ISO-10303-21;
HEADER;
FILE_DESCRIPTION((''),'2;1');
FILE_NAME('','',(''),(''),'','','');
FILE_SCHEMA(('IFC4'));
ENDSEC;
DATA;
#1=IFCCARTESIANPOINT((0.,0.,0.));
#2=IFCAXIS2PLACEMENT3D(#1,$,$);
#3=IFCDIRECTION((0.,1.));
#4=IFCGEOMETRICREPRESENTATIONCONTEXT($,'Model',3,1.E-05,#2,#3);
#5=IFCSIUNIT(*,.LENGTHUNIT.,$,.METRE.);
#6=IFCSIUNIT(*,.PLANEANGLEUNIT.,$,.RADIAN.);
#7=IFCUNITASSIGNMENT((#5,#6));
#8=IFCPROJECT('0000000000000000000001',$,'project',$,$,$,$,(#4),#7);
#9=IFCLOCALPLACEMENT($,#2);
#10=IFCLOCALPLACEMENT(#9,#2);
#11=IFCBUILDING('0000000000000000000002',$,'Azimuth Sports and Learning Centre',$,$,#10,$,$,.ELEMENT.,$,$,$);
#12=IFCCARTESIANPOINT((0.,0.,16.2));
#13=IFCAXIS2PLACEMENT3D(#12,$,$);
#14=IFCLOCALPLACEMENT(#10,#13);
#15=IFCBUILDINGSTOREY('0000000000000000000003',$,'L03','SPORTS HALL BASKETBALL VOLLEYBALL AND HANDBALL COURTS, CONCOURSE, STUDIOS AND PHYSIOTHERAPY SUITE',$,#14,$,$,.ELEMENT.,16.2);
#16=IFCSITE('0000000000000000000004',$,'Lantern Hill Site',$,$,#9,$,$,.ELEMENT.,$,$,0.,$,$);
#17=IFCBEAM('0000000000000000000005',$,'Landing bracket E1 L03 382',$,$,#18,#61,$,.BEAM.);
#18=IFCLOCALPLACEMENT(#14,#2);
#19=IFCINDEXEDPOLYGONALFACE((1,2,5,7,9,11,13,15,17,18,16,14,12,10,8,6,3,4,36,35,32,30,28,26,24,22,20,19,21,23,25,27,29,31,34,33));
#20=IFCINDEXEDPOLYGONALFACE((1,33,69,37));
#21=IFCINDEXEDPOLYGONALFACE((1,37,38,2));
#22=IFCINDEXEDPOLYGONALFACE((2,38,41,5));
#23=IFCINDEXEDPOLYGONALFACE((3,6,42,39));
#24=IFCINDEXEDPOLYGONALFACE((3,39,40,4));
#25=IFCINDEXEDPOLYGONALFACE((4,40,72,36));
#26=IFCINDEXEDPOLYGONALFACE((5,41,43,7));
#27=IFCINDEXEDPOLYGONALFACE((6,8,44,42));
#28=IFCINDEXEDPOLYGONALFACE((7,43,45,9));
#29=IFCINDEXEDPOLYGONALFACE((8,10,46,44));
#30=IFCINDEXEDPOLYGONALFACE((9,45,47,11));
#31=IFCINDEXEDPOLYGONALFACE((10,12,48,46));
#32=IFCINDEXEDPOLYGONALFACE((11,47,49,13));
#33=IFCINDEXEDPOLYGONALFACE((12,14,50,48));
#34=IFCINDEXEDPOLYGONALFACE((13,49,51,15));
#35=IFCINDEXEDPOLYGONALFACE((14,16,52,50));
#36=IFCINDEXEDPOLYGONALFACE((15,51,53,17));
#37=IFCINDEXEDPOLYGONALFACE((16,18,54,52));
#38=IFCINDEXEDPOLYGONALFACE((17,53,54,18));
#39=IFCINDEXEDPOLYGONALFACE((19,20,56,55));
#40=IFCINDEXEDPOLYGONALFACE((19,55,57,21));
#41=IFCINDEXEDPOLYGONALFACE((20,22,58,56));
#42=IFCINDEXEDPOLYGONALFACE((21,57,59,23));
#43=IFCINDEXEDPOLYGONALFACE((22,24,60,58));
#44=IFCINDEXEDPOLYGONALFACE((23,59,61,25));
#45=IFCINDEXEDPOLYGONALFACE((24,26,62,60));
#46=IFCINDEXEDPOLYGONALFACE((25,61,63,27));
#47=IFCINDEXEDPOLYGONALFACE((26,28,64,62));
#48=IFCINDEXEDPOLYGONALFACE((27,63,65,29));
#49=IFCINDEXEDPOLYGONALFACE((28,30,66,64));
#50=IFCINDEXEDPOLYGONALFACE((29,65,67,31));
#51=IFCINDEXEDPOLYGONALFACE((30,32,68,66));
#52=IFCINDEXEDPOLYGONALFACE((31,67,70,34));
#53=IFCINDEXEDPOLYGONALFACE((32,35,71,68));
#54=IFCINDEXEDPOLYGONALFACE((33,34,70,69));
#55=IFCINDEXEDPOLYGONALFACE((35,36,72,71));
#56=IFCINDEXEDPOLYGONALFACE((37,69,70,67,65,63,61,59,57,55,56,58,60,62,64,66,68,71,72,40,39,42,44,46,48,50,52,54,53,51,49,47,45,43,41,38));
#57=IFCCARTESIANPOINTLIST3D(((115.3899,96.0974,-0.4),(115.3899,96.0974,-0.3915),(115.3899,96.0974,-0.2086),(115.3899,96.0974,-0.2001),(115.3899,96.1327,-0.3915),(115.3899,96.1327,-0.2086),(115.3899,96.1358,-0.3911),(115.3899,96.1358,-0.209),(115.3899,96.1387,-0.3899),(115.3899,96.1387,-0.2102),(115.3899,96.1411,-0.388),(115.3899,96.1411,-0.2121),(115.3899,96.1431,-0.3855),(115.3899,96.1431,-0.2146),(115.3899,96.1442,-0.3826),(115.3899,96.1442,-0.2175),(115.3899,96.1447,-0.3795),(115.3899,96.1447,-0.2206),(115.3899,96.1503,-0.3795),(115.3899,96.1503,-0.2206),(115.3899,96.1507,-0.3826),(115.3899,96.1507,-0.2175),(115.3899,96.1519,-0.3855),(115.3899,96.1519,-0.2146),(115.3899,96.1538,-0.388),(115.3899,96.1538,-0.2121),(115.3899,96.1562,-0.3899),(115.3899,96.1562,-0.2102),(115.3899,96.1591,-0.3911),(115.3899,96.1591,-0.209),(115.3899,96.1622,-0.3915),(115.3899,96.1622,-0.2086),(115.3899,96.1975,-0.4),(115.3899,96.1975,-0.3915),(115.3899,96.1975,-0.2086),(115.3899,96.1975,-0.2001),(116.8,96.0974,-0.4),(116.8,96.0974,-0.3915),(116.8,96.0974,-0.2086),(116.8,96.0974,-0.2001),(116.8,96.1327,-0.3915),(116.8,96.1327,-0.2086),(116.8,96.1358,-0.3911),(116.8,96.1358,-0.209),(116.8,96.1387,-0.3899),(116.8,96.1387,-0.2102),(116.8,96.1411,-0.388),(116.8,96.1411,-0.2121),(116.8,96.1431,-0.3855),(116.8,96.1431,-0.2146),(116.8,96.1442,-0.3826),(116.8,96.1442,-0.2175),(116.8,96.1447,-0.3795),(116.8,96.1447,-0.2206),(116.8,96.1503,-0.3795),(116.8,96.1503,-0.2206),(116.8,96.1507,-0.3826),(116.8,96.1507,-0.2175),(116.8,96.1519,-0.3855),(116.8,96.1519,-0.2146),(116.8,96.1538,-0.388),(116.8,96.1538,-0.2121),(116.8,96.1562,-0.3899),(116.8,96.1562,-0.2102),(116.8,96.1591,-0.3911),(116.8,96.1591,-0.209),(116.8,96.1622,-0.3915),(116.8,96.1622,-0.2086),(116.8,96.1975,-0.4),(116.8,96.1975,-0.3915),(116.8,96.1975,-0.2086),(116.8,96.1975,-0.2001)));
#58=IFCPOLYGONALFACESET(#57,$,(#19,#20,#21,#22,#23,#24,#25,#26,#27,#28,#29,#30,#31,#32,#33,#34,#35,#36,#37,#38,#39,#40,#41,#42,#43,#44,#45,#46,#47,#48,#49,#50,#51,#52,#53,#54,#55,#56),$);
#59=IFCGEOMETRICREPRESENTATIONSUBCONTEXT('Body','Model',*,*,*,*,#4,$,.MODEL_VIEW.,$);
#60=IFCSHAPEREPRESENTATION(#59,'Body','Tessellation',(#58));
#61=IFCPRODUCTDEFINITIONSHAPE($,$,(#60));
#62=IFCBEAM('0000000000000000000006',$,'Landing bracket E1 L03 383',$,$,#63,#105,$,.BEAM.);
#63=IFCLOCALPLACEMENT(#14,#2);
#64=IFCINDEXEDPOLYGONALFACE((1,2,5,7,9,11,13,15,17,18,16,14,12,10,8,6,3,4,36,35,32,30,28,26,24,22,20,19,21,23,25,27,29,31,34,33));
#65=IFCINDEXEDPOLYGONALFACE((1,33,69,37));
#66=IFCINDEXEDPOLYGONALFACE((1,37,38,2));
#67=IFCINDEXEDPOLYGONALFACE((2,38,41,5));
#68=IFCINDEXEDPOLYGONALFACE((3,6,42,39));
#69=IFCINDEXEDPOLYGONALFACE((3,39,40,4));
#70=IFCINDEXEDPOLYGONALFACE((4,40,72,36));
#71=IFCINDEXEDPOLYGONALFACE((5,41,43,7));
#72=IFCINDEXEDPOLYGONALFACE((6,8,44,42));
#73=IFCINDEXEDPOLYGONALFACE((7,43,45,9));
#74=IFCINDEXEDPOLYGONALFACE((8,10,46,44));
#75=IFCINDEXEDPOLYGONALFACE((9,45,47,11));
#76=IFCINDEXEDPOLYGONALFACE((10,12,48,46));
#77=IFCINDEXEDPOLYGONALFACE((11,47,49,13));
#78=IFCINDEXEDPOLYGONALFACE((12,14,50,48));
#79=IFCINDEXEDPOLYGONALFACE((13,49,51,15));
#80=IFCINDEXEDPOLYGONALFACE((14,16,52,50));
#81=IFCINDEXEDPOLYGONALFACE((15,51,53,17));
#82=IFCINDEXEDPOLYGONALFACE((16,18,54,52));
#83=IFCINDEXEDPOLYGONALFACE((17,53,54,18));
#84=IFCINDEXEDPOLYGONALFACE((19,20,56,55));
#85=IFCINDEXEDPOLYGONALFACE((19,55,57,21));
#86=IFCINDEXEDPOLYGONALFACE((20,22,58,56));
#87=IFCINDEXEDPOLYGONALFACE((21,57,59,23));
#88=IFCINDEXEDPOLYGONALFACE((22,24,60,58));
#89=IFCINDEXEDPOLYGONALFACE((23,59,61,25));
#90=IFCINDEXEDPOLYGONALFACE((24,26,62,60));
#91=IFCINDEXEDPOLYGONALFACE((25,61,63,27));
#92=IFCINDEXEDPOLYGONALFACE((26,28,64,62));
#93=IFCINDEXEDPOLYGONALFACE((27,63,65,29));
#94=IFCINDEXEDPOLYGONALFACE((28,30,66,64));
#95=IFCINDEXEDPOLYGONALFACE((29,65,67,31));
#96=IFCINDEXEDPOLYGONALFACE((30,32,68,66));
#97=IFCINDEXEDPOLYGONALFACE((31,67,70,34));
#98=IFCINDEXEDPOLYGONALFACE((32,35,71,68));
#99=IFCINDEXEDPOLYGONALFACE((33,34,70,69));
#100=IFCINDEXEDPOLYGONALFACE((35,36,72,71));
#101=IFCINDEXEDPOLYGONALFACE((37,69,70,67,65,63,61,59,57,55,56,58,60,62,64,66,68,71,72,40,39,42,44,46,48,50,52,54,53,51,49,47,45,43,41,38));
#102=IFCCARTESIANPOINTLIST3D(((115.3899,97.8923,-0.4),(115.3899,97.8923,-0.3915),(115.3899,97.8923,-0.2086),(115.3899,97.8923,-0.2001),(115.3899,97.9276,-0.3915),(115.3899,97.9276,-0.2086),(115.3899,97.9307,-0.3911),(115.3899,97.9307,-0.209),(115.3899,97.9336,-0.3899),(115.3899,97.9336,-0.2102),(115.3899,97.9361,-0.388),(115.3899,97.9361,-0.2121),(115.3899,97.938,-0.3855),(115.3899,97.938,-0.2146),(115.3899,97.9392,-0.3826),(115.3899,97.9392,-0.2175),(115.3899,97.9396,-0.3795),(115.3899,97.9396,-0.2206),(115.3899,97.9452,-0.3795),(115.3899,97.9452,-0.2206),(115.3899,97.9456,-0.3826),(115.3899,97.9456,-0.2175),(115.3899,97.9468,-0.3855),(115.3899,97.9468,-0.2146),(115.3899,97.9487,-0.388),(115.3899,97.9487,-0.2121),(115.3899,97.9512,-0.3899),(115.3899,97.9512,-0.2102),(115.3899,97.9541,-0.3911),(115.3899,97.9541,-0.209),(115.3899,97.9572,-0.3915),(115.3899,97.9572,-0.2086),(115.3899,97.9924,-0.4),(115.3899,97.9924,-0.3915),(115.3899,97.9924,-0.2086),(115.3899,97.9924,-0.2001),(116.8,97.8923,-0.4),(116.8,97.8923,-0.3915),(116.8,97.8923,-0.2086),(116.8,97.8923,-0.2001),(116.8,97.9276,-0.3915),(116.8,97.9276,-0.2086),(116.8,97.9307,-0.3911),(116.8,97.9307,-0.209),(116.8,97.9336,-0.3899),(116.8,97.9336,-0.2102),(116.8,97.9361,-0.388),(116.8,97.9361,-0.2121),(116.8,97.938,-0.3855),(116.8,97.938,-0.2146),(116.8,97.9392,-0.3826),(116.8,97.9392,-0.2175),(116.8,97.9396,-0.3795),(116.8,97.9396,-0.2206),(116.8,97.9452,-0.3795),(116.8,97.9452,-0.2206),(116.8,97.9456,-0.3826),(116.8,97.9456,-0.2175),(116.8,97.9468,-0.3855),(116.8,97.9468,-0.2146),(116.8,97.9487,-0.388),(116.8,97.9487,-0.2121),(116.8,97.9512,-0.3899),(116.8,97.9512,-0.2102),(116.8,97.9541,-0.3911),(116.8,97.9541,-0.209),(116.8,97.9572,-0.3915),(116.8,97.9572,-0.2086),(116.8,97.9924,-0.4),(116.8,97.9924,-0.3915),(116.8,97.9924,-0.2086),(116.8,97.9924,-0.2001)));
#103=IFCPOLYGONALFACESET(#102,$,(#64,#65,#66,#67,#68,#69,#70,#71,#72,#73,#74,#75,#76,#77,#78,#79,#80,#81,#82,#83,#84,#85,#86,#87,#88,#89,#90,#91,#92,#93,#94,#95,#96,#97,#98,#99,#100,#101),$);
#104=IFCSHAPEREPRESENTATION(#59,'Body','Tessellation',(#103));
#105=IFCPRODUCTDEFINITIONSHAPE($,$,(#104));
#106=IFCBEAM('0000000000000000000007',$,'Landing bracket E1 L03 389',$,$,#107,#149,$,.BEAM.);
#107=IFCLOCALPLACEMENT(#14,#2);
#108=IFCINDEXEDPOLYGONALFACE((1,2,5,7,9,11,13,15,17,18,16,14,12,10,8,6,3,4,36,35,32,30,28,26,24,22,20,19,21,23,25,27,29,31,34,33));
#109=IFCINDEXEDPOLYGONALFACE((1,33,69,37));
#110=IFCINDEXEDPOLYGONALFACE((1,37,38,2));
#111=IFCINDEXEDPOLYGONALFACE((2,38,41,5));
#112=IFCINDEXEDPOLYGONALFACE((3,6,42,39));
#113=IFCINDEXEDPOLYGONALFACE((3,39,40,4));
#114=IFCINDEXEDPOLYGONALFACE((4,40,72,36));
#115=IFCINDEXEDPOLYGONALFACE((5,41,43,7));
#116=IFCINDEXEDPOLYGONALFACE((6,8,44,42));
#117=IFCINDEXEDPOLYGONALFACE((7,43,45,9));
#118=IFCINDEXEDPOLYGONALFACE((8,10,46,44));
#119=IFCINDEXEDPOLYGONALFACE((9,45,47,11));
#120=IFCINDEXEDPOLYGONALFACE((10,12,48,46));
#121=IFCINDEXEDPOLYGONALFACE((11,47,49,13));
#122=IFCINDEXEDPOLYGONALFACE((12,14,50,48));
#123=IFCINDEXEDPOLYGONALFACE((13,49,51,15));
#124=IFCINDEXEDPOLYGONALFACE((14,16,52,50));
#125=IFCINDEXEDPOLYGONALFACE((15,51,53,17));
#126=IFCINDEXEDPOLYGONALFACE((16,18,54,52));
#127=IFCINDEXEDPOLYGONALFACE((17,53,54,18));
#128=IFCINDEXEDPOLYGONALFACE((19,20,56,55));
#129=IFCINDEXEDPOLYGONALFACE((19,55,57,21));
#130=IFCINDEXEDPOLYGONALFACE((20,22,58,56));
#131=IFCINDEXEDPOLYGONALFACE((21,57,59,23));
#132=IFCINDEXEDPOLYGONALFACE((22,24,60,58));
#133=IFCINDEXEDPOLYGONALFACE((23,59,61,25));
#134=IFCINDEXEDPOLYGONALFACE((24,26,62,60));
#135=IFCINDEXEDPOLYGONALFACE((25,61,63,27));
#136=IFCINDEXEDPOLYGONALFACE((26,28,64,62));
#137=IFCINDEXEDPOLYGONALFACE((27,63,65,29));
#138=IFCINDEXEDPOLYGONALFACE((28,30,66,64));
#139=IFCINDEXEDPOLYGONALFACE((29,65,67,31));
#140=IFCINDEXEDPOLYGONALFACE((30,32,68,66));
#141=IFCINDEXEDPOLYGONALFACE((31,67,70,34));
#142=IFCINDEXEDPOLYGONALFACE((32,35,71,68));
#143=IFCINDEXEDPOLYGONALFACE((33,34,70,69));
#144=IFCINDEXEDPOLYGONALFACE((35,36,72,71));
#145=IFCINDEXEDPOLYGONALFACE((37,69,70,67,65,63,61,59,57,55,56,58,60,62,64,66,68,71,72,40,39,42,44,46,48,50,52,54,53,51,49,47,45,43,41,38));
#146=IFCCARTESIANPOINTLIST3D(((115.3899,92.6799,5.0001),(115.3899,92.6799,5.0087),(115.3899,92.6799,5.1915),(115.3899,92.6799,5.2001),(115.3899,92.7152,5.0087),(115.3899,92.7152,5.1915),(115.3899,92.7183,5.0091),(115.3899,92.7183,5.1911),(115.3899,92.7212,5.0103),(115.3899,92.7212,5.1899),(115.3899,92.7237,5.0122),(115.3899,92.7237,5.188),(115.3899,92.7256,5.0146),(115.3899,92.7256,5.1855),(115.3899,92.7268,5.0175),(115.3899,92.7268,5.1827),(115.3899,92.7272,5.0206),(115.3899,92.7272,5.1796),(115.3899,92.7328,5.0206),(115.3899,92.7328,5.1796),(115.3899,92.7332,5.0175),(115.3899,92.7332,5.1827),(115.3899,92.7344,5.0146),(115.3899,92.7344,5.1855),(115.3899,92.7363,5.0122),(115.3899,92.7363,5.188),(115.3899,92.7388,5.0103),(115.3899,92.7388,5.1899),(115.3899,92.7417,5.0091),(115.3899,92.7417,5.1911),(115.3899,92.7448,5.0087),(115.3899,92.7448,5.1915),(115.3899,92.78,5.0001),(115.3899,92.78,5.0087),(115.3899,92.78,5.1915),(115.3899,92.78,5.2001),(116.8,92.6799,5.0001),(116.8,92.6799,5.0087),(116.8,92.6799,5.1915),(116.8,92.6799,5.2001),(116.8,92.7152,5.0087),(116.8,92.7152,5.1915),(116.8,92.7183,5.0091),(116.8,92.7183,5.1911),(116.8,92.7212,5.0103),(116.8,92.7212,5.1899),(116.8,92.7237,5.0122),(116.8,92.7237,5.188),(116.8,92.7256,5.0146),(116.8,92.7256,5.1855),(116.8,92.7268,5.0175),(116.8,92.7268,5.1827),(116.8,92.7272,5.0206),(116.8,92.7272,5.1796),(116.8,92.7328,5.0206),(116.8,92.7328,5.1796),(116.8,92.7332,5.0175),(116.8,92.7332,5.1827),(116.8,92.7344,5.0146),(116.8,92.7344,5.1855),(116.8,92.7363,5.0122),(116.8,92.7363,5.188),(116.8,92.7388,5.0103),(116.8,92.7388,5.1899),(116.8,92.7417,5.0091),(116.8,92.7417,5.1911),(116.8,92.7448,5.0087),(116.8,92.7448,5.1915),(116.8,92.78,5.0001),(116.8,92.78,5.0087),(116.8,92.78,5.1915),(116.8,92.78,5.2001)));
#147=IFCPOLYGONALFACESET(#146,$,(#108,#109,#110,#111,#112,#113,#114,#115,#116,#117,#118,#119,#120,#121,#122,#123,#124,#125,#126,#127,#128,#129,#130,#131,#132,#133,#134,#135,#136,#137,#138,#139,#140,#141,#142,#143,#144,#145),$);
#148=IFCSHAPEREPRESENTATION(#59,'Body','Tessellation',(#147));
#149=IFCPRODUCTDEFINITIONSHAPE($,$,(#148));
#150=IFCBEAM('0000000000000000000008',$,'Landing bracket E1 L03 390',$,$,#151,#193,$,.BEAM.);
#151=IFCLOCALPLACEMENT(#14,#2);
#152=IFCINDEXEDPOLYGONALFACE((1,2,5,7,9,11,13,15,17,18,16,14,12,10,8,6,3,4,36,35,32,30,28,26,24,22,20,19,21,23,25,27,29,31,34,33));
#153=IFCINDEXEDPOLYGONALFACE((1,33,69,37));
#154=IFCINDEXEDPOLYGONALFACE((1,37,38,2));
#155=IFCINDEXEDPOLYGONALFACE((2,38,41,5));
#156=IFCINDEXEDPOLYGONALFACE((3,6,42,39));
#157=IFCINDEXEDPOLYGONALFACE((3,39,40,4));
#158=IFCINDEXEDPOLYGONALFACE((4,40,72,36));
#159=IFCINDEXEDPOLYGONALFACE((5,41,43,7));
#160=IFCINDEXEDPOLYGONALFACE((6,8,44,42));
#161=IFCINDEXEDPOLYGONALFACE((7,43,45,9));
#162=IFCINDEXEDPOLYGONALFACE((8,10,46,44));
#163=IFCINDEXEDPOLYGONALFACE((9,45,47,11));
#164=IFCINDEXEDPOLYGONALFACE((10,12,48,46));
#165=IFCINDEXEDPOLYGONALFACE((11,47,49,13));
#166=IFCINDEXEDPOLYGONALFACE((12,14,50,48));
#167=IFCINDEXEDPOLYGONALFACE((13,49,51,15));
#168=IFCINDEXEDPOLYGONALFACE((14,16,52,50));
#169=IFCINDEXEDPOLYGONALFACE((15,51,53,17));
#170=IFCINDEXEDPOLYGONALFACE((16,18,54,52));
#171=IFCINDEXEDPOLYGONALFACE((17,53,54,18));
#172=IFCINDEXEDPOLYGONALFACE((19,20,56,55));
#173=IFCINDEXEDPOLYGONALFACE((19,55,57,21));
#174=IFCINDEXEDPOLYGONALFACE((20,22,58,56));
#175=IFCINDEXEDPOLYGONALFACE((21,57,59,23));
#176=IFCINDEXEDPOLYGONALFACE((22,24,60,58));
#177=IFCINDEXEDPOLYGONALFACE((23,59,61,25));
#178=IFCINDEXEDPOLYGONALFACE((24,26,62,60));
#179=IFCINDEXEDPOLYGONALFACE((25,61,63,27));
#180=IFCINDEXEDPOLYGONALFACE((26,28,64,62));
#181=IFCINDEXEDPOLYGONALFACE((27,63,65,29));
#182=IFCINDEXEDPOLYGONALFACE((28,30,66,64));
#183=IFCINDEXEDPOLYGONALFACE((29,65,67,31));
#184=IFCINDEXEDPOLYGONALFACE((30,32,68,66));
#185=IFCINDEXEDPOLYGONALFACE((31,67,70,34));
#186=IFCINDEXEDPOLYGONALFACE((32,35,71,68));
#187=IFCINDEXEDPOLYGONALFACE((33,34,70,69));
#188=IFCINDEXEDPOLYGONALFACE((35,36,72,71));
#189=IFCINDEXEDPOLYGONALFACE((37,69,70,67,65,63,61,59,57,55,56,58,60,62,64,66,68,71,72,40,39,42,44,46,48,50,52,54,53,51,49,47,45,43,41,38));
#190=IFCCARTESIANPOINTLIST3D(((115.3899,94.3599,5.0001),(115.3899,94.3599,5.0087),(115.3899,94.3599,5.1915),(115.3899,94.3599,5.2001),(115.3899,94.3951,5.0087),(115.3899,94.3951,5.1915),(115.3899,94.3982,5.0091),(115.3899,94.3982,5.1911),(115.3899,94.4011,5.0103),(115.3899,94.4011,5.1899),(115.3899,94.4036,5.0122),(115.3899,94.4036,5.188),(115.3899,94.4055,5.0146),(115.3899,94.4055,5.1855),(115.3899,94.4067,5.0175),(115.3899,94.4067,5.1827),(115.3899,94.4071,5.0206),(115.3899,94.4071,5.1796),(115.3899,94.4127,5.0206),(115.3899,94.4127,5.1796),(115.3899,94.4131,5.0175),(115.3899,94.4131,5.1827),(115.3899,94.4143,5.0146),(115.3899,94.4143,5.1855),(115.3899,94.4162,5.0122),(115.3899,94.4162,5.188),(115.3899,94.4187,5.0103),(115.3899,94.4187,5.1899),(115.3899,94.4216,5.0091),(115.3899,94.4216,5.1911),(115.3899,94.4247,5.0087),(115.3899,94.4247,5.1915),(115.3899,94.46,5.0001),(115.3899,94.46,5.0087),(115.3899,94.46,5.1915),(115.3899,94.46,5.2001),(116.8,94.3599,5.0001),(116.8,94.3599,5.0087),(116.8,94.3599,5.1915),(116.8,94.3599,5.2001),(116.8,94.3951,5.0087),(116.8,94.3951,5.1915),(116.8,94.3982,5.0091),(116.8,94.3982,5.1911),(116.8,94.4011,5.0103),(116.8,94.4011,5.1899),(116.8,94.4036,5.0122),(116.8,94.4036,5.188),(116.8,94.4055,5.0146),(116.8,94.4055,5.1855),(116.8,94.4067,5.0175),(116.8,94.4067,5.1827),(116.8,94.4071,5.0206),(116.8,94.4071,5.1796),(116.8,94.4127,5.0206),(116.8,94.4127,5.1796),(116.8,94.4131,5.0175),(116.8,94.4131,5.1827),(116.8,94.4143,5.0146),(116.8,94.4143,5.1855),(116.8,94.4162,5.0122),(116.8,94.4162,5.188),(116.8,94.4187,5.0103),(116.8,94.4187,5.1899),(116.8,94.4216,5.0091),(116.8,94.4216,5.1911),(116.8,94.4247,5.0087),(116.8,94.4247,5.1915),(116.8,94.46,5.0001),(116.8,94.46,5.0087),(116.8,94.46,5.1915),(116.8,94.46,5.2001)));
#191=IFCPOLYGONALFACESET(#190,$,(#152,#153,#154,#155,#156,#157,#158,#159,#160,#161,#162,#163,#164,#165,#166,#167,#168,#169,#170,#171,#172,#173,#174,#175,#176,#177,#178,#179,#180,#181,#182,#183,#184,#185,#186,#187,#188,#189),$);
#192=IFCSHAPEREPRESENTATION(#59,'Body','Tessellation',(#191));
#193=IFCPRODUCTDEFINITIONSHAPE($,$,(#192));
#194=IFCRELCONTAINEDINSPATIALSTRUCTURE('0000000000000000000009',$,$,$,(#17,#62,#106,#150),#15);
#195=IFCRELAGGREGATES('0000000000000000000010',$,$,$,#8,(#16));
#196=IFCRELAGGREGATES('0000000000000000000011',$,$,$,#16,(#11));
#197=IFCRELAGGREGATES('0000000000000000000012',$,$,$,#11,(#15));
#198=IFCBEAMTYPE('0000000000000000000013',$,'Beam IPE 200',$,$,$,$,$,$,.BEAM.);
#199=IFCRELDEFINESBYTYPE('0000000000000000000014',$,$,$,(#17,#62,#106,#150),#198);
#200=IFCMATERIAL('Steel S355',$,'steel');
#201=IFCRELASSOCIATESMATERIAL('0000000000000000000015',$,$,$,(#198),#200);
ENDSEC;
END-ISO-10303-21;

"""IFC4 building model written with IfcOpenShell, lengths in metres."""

from ifc_helpers import new_model, si_unit, direction, frame, origin, origin_2d, place, context, subcontext, project, spatial, i_section, extrude, material, material_profile, profile_set, type_object, element, save


model = new_model("IFC4")

# Units and contexts
model_context = context("Model", 3, precision=1e-05, world=origin(), true_north=direction((0.0, 1.0)))
body_context = subcontext(model_context, "Body", "Model", "MODEL_VIEW")
ifc_project = project(units=[si_unit("LENGTHUNIT", "METRE"), si_unit("PLANEANGLEUNIT", "RADIAN")], contexts=[model_context])

# Site, building, storey
site_placement = place(None, origin())
site = spatial("IfcSite", under=ifc_project, at=site_placement, Name="Lantern Hill Site", CompositionType="ELEMENT", RefElevation=0.0)
building_placement = place(site_placement, origin())
building = spatial("IfcBuilding", under=site, at=building_placement, Name="Azimuth Sports and Learning Centre", CompositionType="ELEMENT")
storey_placement = place(building_placement, frame((0.0, 0.0, 16.2)))
storey = spatial("IfcBuildingStorey", under=building, at=storey_placement, Name="L03", Description="SPORTS HALL BASKETBALL VOLLEYBALL AND HANDBALL COURTS, CONCOURSE, STUDIOS AND PHYSIOTHERAPY SUITE", CompositionType="ELEMENT", Elevation=16.2)

# Beams
ifc_material_1 = material(Name="Steel S355", Category="steel")
ifc_material_profile_1 = material_profile(ifc_material_1, i_section(OverallWidth=0.1001, OverallDepth=0.2, WebThickness=0.0056, FlangeThickness=0.0085, FilletRadius=0.012, at=origin_2d()), Name="IPE 200")
ifc_profile_set_1 = profile_set([ifc_material_profile_1], Name="Steel S355")
beam_type_1 = type_object("IfcBeamType", Name="Beam IPE 200", PredefinedType="BEAM", material=ifc_profile_set_1)
for number, where, z_axis, x_axis, name in (
    (1, (116.8, 96.1475, -0.3), (-1.0, 0.0, 0.0), (0.0, -1.0, 0.0), "Landing bracket E1 L03 382"),
    (2, (116.8, 97.9424, -0.3), (-1.0, 0.0, 0.0), (0.0, -1.0, 0.0), "Landing bracket E1 L03 383"),
    (3, (116.8, 92.73, 5.1001), (-1.0, 0.0, 0.0), (0.0, -1.0, 0.0), "Landing bracket E1 L03 389"),
    (4, (116.8, 94.4099, 5.1001), (-1.0, 0.0, 0.0), (0.0, -1.0, 0.0), "Landing bracket E1 L03 390"),
):
    element("IfcBeam", number, at=place(storey_placement, frame(where, z_axis=z_axis, x_axis=x_axis)), inside=storey, type_object=beam_type_1, Name=name, PredefinedType="BEAM", context=body_context, shape_type="SweptSolid", body=[
        extrude(i_section(OverallWidth=0.1001, OverallDepth=0.2, WebThickness=0.0056, FlangeThickness=0.0085, FilletRadius=0.012, at=origin_2d()), origin(), (0.0, 0.0, 1.0), 1.4102),
    ])

save(model, "model.ifc")
